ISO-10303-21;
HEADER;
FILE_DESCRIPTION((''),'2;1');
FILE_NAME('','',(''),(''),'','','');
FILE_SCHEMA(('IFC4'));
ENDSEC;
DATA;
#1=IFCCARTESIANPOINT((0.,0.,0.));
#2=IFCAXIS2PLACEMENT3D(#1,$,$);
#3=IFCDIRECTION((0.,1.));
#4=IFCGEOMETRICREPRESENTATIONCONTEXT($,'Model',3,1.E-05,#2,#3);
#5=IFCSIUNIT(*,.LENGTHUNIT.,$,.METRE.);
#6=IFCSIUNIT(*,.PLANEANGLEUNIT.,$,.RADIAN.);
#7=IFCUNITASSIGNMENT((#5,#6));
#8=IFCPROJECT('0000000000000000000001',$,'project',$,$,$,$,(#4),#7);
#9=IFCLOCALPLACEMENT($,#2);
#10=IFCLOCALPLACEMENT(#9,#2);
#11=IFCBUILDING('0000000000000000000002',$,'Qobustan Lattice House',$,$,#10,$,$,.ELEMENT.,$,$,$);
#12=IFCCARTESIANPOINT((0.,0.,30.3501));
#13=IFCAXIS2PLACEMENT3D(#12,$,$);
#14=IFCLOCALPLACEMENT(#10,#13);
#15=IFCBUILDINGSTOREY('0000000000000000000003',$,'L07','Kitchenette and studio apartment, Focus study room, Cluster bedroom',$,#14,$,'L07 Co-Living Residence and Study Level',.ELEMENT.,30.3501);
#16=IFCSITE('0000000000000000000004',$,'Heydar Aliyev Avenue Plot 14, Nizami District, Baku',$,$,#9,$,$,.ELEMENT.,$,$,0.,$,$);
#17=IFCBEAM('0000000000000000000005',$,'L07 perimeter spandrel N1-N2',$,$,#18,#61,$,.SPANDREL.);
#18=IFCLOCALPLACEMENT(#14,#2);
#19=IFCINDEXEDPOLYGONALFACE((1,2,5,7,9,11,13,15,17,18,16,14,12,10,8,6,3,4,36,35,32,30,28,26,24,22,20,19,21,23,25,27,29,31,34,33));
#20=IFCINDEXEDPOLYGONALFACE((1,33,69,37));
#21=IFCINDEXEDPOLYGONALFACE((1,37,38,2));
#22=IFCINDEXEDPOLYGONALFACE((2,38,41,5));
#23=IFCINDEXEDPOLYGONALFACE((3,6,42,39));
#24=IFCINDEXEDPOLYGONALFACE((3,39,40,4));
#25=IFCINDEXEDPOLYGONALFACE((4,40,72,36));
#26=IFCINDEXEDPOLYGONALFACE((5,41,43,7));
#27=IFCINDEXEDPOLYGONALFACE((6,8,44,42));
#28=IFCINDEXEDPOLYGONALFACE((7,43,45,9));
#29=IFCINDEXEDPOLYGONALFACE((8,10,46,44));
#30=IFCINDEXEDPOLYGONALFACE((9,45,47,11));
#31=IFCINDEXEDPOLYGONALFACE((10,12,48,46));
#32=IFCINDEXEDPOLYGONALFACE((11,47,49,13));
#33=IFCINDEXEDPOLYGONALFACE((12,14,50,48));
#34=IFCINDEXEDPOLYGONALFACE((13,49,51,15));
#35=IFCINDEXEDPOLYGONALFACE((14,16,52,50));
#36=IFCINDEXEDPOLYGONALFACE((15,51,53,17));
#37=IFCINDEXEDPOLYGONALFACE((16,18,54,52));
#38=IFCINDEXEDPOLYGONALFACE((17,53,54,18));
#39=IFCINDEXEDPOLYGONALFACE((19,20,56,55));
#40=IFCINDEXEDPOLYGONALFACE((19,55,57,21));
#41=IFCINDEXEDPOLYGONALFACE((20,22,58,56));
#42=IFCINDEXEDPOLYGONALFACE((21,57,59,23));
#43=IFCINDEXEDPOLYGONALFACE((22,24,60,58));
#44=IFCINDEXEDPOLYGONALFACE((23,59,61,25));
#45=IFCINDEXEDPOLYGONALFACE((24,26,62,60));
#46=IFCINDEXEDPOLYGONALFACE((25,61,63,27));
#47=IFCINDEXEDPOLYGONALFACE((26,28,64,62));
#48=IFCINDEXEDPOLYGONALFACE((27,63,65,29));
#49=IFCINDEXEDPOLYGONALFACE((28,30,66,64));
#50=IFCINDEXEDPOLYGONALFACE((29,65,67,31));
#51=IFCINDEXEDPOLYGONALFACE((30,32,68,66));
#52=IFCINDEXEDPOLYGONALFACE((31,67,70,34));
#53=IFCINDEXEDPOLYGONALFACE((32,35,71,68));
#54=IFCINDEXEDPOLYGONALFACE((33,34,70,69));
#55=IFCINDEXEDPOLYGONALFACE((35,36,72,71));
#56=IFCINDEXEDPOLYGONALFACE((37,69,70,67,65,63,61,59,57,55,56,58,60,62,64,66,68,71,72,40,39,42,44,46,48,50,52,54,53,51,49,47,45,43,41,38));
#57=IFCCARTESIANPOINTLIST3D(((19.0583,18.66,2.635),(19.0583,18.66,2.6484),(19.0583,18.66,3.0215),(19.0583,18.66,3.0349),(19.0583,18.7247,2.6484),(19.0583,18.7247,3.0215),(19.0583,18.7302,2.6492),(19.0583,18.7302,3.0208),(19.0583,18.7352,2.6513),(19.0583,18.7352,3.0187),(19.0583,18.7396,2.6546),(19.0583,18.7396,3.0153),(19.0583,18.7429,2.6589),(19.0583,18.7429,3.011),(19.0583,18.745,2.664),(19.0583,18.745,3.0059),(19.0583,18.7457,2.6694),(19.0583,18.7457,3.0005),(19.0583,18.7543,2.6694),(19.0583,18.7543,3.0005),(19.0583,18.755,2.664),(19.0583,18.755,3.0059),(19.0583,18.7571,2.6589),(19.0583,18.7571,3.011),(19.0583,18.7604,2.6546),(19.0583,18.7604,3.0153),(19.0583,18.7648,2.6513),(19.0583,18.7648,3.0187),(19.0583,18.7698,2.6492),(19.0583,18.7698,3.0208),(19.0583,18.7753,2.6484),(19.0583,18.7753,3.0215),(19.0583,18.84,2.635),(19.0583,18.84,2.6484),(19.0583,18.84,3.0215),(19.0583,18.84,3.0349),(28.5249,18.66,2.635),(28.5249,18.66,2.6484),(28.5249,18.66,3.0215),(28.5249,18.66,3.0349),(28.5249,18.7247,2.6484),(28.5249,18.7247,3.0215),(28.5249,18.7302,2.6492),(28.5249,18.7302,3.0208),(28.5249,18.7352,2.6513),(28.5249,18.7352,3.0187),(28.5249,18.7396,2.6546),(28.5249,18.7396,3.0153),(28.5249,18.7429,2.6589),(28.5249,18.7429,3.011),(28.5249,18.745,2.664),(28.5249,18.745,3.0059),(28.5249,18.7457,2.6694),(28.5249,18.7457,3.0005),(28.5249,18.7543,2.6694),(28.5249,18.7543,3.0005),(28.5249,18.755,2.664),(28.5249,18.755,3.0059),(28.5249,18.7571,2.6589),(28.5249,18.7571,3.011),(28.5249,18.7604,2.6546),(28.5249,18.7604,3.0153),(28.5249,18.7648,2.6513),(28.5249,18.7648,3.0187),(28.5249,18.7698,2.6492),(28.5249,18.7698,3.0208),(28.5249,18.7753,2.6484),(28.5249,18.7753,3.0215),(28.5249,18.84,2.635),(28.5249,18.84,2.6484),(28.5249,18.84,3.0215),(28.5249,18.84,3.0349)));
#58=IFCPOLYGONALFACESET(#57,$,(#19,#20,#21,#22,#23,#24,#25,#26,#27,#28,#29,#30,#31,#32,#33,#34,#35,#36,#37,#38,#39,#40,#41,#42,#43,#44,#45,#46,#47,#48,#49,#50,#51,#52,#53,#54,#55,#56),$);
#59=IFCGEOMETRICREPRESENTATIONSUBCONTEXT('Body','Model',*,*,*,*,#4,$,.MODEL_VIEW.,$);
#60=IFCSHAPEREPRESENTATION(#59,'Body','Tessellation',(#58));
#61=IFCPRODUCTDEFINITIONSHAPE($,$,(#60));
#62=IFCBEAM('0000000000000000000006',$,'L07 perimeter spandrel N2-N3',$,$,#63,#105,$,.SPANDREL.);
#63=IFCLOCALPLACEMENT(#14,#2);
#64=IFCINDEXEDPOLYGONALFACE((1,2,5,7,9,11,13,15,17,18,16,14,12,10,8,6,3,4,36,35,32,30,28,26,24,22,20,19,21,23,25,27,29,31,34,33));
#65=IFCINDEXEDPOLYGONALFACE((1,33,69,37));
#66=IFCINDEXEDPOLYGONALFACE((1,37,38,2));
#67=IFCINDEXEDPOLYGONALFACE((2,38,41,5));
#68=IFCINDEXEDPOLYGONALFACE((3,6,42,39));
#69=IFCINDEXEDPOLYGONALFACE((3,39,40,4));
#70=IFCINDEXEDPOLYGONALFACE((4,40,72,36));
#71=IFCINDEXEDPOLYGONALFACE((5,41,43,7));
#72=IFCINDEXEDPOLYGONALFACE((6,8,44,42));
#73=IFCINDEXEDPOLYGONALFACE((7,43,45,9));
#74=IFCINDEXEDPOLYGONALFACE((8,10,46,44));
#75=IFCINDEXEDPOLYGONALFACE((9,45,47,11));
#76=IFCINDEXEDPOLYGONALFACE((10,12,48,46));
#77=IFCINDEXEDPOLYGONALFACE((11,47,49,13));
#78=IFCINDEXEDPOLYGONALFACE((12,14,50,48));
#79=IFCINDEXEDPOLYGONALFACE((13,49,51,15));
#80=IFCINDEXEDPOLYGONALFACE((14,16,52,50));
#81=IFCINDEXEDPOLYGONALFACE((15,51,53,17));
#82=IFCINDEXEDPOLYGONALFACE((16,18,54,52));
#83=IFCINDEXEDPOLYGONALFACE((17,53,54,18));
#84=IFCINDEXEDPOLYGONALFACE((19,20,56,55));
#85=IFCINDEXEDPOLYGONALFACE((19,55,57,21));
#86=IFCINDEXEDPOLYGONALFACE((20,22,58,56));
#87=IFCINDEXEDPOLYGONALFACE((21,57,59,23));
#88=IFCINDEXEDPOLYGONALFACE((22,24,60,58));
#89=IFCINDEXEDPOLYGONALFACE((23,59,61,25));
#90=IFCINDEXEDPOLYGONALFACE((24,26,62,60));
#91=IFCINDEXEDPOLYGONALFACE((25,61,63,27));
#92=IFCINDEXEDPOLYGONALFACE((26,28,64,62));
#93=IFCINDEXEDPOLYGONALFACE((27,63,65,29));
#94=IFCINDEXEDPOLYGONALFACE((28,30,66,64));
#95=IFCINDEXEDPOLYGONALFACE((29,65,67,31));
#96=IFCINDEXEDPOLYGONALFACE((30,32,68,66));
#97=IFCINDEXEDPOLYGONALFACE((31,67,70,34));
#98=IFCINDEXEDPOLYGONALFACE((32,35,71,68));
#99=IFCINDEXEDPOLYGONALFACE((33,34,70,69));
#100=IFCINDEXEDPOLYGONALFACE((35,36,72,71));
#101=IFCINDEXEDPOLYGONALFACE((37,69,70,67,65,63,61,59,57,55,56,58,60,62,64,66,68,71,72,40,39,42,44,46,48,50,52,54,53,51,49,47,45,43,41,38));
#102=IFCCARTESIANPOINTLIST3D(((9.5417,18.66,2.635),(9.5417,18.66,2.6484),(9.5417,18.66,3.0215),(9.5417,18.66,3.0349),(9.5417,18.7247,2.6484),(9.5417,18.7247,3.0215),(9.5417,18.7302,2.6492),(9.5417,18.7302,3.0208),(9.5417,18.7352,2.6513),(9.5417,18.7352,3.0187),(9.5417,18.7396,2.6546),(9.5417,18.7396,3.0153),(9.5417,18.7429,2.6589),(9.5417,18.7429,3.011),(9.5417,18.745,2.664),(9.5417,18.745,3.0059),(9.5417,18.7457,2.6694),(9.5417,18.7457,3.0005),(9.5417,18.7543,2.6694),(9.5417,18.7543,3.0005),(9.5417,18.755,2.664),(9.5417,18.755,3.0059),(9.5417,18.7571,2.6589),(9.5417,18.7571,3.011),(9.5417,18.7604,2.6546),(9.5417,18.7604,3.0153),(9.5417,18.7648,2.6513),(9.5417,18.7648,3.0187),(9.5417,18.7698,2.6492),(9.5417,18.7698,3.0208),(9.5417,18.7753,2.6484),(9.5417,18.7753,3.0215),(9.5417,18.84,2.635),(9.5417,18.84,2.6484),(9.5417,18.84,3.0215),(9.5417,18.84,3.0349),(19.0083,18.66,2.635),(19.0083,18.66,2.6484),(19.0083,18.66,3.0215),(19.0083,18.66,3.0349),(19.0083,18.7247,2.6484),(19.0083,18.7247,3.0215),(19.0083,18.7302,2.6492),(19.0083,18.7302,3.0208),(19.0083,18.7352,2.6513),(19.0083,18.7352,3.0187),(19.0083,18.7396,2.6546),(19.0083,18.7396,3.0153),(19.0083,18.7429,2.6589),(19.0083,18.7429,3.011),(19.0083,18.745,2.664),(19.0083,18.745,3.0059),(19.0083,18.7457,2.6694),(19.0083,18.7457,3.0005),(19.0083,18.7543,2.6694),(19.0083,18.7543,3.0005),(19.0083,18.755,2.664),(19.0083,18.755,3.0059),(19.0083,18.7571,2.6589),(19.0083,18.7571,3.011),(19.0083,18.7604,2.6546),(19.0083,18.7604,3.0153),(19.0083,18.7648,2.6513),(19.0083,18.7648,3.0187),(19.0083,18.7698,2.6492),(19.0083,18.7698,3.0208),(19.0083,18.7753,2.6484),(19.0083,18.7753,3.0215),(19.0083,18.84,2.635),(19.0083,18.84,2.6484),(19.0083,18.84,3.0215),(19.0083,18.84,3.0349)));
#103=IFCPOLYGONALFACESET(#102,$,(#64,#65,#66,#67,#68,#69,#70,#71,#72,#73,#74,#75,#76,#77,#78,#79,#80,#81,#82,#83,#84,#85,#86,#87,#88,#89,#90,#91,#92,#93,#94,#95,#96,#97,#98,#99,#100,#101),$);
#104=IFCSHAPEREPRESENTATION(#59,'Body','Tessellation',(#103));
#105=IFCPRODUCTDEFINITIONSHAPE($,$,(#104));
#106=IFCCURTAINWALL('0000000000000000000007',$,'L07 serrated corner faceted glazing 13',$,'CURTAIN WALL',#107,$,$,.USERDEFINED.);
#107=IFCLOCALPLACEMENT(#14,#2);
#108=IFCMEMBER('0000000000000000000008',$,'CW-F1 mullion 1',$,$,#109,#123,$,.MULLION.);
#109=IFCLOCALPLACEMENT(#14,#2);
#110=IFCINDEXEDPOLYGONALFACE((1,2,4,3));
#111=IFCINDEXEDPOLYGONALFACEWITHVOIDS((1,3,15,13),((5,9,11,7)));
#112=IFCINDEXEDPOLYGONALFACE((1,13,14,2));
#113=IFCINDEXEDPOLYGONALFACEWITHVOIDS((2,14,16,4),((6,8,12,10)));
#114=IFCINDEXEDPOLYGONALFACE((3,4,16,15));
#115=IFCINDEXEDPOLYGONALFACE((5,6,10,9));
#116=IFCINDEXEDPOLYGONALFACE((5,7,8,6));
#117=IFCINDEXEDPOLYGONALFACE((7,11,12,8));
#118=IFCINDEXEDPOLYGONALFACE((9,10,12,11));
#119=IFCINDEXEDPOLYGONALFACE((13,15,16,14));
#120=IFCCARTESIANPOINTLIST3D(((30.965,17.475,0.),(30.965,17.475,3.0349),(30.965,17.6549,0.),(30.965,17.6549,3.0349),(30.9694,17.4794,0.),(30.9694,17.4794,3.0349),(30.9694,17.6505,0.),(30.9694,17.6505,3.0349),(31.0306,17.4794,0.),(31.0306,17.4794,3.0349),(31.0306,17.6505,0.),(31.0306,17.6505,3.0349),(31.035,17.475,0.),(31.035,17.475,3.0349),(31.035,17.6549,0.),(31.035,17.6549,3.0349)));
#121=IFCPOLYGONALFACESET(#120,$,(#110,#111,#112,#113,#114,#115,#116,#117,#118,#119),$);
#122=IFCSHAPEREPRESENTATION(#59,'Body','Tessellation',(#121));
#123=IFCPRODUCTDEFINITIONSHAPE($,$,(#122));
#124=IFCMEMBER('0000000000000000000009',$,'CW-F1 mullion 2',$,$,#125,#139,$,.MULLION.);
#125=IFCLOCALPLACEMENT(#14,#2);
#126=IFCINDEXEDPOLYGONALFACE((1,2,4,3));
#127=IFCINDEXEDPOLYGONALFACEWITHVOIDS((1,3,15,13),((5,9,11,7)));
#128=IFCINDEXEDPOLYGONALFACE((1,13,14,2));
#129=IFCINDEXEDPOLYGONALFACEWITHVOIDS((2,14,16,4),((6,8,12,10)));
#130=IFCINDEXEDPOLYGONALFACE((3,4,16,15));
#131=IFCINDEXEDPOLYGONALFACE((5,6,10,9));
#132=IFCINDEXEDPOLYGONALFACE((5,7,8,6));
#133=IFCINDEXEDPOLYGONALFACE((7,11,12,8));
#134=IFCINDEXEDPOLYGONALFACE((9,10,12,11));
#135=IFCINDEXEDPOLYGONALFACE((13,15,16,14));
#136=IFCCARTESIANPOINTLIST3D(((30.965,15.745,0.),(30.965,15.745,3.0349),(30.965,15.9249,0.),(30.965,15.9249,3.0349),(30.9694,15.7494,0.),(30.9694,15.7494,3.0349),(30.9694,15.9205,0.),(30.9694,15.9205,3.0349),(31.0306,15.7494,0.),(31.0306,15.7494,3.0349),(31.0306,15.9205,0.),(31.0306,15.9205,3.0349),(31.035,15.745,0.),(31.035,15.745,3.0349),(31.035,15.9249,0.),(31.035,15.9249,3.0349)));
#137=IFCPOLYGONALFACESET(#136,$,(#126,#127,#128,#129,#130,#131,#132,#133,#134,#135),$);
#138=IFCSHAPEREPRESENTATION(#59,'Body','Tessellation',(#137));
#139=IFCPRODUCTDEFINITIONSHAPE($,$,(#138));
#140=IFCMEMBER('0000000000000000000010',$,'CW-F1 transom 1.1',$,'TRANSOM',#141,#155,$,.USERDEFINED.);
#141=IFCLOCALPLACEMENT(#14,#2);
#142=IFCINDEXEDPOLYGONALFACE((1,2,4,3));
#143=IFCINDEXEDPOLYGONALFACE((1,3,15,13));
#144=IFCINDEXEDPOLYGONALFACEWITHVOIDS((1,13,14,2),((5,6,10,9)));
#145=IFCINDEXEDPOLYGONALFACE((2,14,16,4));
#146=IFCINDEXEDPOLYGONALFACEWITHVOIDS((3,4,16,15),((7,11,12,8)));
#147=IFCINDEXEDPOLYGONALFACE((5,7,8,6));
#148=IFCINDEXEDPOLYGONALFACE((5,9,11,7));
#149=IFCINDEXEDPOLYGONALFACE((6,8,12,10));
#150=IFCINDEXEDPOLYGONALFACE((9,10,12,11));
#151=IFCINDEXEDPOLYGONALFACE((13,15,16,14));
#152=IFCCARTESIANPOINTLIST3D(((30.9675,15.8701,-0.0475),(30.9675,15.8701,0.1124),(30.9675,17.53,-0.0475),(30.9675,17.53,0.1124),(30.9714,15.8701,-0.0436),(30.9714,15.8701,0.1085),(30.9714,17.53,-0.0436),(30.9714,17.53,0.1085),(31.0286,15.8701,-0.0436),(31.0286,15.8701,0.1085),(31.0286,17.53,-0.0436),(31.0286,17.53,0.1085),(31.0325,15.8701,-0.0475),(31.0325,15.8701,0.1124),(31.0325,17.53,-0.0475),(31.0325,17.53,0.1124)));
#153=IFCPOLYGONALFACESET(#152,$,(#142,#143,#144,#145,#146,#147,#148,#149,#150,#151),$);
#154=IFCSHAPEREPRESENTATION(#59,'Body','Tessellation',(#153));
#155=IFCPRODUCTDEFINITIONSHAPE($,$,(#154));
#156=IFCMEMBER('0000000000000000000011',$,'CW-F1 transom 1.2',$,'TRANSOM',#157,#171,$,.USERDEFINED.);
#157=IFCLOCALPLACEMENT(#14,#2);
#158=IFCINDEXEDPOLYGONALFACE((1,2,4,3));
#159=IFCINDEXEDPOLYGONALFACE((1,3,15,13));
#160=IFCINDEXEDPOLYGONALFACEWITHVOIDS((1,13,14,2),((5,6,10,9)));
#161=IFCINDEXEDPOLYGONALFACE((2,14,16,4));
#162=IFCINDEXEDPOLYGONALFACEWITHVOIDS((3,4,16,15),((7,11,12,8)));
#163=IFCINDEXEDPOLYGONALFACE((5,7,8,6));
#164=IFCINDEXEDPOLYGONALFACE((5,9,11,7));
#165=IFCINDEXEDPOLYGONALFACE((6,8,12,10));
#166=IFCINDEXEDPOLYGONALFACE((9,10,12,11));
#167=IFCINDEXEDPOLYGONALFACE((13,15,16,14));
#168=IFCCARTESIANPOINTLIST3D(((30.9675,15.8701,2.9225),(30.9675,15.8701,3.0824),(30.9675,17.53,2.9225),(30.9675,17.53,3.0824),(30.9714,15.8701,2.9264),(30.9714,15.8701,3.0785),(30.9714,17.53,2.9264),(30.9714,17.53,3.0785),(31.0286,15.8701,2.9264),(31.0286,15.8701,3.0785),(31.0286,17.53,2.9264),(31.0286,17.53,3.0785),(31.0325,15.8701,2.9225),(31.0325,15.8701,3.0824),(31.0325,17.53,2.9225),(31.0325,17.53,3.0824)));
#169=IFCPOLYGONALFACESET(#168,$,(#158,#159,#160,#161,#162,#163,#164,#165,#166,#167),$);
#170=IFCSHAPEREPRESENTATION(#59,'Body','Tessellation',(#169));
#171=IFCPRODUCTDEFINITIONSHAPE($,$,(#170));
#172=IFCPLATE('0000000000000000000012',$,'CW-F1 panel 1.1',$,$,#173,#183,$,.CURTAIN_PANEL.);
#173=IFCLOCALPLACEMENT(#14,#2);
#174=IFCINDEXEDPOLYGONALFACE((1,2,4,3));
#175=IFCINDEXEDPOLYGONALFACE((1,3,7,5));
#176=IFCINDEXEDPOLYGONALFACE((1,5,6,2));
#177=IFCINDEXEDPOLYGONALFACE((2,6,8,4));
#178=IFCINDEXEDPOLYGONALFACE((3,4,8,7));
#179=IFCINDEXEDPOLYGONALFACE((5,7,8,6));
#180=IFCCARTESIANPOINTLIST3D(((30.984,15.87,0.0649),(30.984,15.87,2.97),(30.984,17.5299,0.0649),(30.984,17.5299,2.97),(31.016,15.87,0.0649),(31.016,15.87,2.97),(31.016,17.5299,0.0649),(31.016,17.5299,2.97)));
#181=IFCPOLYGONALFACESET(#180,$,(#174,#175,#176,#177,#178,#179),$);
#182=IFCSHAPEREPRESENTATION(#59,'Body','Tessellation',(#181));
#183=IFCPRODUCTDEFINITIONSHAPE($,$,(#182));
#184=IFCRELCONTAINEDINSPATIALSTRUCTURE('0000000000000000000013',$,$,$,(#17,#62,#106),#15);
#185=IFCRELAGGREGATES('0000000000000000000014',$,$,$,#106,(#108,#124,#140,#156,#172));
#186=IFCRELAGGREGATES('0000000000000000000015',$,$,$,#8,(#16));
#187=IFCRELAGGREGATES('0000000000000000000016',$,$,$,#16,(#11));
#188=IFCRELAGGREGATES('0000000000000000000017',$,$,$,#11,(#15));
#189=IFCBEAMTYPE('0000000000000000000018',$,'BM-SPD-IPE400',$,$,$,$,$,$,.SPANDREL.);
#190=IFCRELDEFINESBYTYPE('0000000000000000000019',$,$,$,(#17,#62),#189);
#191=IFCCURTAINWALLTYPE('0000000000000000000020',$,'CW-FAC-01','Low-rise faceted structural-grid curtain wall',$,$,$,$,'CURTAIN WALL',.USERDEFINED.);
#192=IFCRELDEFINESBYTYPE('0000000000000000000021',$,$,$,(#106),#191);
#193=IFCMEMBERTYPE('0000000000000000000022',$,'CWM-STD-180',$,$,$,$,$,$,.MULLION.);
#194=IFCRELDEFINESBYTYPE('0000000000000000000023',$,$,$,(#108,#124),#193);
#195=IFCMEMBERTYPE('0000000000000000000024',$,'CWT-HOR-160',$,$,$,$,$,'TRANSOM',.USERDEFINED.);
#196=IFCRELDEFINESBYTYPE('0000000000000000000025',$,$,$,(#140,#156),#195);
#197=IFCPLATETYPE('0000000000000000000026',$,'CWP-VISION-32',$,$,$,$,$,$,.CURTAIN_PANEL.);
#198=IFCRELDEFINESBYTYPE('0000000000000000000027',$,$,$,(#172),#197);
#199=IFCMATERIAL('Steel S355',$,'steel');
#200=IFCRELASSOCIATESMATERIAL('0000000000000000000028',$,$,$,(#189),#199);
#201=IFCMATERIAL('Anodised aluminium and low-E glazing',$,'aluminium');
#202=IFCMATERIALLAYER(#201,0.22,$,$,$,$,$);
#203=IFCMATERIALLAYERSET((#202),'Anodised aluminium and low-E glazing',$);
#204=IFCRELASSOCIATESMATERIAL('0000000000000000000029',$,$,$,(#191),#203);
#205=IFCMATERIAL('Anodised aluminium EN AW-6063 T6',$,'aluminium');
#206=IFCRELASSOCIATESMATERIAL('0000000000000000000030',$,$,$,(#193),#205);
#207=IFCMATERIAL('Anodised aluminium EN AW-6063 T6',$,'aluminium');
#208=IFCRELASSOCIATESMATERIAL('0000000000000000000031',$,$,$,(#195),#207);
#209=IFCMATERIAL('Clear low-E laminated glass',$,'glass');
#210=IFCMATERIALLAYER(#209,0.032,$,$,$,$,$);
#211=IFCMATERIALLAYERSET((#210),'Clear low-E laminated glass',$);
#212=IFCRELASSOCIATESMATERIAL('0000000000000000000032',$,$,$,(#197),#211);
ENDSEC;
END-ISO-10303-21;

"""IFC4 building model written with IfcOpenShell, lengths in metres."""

from ifc_helpers import new_model, si_unit, direction, frame, origin, origin_2d, place, context, subcontext, project, spatial, rectangle, hollow_rectangle, i_section, extrude, material, layer, layer_set, material_profile, profile_set, type_object, element, aggregate, save


model = new_model("IFC4")

# Units and contexts
model_context = context("Model", 3, precision=1e-05, world=origin(), true_north=direction((0.0, 1.0)))
body_context = subcontext(model_context, "Body", "Model", "MODEL_VIEW")
ifc_project = project(units=[si_unit("LENGTHUNIT", "METRE"), si_unit("PLANEANGLEUNIT", "RADIAN")], contexts=[model_context])

# Site, building, storey
site_placement = place(None, origin())
site = spatial("IfcSite", under=ifc_project, at=site_placement, Name="Heydar Aliyev Avenue Plot 14, Nizami District, Baku", CompositionType="ELEMENT", RefElevation=0.0)
building_placement = place(site_placement, origin())
building = spatial("IfcBuilding", under=site, at=building_placement, Name="Qobustan Lattice House", CompositionType="ELEMENT")
storey_placement = place(building_placement, frame((0.0, 0.0, 30.3501)))
storey = spatial("IfcBuildingStorey", under=building, at=storey_placement, Name="L07", Description="Kitchenette and studio apartment, Focus study room, Cluster bedroom", LongName="L07 Co-Living Residence and Study Level", CompositionType="ELEMENT", Elevation=30.3501)

# Beams
ifc_material_1 = material(Name="Steel S355", Category="steel")
ifc_material_profile_1 = material_profile(ifc_material_1, i_section(OverallWidth=0.1799, OverallDepth=0.3999, WebThickness=0.0085, FlangeThickness=0.0134, FilletRadius=0.021, at=origin_2d()), Name="IPE400")
ifc_profile_set_1 = profile_set([ifc_material_profile_1], Name="Steel S355")
beam_type_1 = type_object("IfcBeamType", Name="BM-SPD-IPE400", PredefinedType="SPANDREL", material=ifc_profile_set_1)
for number, where, z_axis, x_axis, name in (
    (1, (28.5249, 18.75, 2.835), (-1.0, 0.0, 0.0), (0.0, -1.0, 0.0), "L07 perimeter spandrel N1-N2"),
    (2, (19.0083, 18.75, 2.835), (-1.0, 0.0, 0.0), (0.0, -1.0, 0.0), "L07 perimeter spandrel N2-N3"),
):
    element("IfcBeam", number, at=place(storey_placement, frame(where, z_axis=z_axis, x_axis=x_axis)), inside=storey, type_object=beam_type_1, Name=name, PredefinedType="SPANDREL", context=body_context, shape_type="SweptSolid", body=[
        extrude(i_section(OverallWidth=0.1799, OverallDepth=0.3999, WebThickness=0.0085, FlangeThickness=0.0134, FilletRadius=0.021, at=origin_2d()), origin(), (0.0, 0.0, 1.0), 9.4666),
    ])

# Curtain wall, members, plate
ifc_material_2 = material(Name="Anodised aluminium and low-E glazing", Category="aluminium")
ifc_layer_1 = layer(ifc_material_2, 0.22)
ifc_layer_set_1 = layer_set([ifc_layer_1], Name="Anodised aluminium and low-E glazing")
curtain_wall_type = type_object("IfcCurtainWallType", Name="CW-FAC-01", Description="Low-rise faceted structural-grid curtain wall", ElementType="CURTAIN WALL", PredefinedType="USERDEFINED", material=ifc_layer_set_1)
curtain_wall_placement = place(storey_placement, origin())
curtain_wall = element("IfcCurtainWall", 3, at=curtain_wall_placement, inside=storey, type_object=curtain_wall_type, Name="L07 serrated corner faceted glazing 13", ObjectType="CURTAIN WALL", PredefinedType="USERDEFINED")
ifc_material_3 = material(Name="Anodised aluminium EN AW-6063 T6", Category="aluminium")
ifc_material_profile_2 = material_profile(ifc_material_3, hollow_rectangle(XDim=0.0701, YDim=0.1799, WallThickness=0.0044, at=origin_2d()), Name="CWM-180x70")
ifc_profile_set_2 = profile_set([ifc_material_profile_2], Name="Anodised aluminium EN AW-6063 T6")
member_type_1 = type_object("IfcMemberType", Name="CWM-STD-180", PredefinedType="MULLION", material=ifc_profile_set_2)
member_1_placement = place(storey_placement, frame((31.0, 17.5649, 0.0), z_axis=(0.0, 0.0, 1.0), x_axis=(1.0, 0.0, 0.0)))
member_1 = element("IfcMember", 4, at=member_1_placement, type_object=member_type_1, Name="CW-F1 mullion 1", PredefinedType="MULLION", context=body_context, shape_type="SweptSolid", body=[
    extrude(hollow_rectangle(XDim=0.0701, YDim=0.1799, WallThickness=0.0044, at=origin_2d()), origin(), (0.0, 0.0, 1.0), 3.0349),
])
member_2_placement = place(storey_placement, frame((31.0, 15.835, 0.0), z_axis=(0.0, 0.0, 1.0), x_axis=(1.0, 0.0, 0.0)))
member_2 = element("IfcMember", 5, at=member_2_placement, type_object=member_type_1, Name="CW-F1 mullion 2", PredefinedType="MULLION", context=body_context, shape_type="SweptSolid", body=[
    extrude(hollow_rectangle(XDim=0.0701, YDim=0.1799, WallThickness=0.0044, at=origin_2d()), origin(), (0.0, 0.0, 1.0), 3.0349),
])
ifc_material_4 = material(Name="Anodised aluminium EN AW-6063 T6", Category="aluminium")
ifc_material_profile_3 = material_profile(ifc_material_4, hollow_rectangle(XDim=0.0649, YDim=0.1599, WallThickness=0.0039, at=origin_2d()), Name="CWT-160x65")
ifc_profile_set_3 = profile_set([ifc_material_profile_3], Name="Anodised aluminium EN AW-6063 T6")
member_type_2 = type_object("IfcMemberType", Name="CWT-HOR-160", ElementType="TRANSOM", PredefinedType="USERDEFINED", material=ifc_profile_set_3)
member_3_placement = place(storey_placement, frame((31.0, 17.53, 0.0325), z_axis=(0.0, -1.0, 0.0), x_axis=(1.0, 0.0, 0.0)))
member_3 = element("IfcMember", 6, at=member_3_placement, type_object=member_type_2, Name="CW-F1 transom 1.1", ObjectType="TRANSOM", PredefinedType="USERDEFINED", context=body_context, shape_type="SweptSolid", body=[
    extrude(hollow_rectangle(XDim=0.0649, YDim=0.1599, WallThickness=0.0039, at=origin_2d()), origin(), (0.0, 0.0, 1.0), 1.6599),
])
member_4_placement = place(storey_placement, frame((31.0, 17.53, 3.0024), z_axis=(0.0, -1.0, 0.0), x_axis=(1.0, 0.0, 0.0)))
member_4 = element("IfcMember", 7, at=member_4_placement, type_object=member_type_2, Name="CW-F1 transom 1.2", ObjectType="TRANSOM", PredefinedType="USERDEFINED", context=body_context, shape_type="SweptSolid", body=[
    extrude(hollow_rectangle(XDim=0.0649, YDim=0.1599, WallThickness=0.0039, at=origin_2d()), origin(), (0.0, 0.0, 1.0), 1.6599),
])
ifc_material_5 = material(Name="Clear low-E laminated glass", Category="glass")
ifc_layer_2 = layer(ifc_material_5, 0.032)
ifc_layer_set_2 = layer_set([ifc_layer_2], Name="Clear low-E laminated glass")
plate_type = type_object("IfcPlateType", Name="CWP-VISION-32", PredefinedType="CURTAIN_PANEL", material=ifc_layer_set_2)
plate_placement = place(storey_placement, frame((31.0, 16.7, 0.0649), z_axis=(0.0, 0.0, 1.0), x_axis=(0.0, -1.0, 0.0)))
plate = element("IfcPlate", 8, at=plate_placement, type_object=plate_type, Name="CW-F1 panel 1.1", PredefinedType="CURTAIN_PANEL", context=body_context, shape_type="SweptSolid", body=[
    extrude(rectangle(XDim=1.6599, YDim=0.032, at=origin_2d()), origin(), (0.0, 0.0, 1.0), 2.905),
])
aggregate(curtain_wall, [member_1, member_2, member_3, member_4, plate])

save(model, "model.ifc")
